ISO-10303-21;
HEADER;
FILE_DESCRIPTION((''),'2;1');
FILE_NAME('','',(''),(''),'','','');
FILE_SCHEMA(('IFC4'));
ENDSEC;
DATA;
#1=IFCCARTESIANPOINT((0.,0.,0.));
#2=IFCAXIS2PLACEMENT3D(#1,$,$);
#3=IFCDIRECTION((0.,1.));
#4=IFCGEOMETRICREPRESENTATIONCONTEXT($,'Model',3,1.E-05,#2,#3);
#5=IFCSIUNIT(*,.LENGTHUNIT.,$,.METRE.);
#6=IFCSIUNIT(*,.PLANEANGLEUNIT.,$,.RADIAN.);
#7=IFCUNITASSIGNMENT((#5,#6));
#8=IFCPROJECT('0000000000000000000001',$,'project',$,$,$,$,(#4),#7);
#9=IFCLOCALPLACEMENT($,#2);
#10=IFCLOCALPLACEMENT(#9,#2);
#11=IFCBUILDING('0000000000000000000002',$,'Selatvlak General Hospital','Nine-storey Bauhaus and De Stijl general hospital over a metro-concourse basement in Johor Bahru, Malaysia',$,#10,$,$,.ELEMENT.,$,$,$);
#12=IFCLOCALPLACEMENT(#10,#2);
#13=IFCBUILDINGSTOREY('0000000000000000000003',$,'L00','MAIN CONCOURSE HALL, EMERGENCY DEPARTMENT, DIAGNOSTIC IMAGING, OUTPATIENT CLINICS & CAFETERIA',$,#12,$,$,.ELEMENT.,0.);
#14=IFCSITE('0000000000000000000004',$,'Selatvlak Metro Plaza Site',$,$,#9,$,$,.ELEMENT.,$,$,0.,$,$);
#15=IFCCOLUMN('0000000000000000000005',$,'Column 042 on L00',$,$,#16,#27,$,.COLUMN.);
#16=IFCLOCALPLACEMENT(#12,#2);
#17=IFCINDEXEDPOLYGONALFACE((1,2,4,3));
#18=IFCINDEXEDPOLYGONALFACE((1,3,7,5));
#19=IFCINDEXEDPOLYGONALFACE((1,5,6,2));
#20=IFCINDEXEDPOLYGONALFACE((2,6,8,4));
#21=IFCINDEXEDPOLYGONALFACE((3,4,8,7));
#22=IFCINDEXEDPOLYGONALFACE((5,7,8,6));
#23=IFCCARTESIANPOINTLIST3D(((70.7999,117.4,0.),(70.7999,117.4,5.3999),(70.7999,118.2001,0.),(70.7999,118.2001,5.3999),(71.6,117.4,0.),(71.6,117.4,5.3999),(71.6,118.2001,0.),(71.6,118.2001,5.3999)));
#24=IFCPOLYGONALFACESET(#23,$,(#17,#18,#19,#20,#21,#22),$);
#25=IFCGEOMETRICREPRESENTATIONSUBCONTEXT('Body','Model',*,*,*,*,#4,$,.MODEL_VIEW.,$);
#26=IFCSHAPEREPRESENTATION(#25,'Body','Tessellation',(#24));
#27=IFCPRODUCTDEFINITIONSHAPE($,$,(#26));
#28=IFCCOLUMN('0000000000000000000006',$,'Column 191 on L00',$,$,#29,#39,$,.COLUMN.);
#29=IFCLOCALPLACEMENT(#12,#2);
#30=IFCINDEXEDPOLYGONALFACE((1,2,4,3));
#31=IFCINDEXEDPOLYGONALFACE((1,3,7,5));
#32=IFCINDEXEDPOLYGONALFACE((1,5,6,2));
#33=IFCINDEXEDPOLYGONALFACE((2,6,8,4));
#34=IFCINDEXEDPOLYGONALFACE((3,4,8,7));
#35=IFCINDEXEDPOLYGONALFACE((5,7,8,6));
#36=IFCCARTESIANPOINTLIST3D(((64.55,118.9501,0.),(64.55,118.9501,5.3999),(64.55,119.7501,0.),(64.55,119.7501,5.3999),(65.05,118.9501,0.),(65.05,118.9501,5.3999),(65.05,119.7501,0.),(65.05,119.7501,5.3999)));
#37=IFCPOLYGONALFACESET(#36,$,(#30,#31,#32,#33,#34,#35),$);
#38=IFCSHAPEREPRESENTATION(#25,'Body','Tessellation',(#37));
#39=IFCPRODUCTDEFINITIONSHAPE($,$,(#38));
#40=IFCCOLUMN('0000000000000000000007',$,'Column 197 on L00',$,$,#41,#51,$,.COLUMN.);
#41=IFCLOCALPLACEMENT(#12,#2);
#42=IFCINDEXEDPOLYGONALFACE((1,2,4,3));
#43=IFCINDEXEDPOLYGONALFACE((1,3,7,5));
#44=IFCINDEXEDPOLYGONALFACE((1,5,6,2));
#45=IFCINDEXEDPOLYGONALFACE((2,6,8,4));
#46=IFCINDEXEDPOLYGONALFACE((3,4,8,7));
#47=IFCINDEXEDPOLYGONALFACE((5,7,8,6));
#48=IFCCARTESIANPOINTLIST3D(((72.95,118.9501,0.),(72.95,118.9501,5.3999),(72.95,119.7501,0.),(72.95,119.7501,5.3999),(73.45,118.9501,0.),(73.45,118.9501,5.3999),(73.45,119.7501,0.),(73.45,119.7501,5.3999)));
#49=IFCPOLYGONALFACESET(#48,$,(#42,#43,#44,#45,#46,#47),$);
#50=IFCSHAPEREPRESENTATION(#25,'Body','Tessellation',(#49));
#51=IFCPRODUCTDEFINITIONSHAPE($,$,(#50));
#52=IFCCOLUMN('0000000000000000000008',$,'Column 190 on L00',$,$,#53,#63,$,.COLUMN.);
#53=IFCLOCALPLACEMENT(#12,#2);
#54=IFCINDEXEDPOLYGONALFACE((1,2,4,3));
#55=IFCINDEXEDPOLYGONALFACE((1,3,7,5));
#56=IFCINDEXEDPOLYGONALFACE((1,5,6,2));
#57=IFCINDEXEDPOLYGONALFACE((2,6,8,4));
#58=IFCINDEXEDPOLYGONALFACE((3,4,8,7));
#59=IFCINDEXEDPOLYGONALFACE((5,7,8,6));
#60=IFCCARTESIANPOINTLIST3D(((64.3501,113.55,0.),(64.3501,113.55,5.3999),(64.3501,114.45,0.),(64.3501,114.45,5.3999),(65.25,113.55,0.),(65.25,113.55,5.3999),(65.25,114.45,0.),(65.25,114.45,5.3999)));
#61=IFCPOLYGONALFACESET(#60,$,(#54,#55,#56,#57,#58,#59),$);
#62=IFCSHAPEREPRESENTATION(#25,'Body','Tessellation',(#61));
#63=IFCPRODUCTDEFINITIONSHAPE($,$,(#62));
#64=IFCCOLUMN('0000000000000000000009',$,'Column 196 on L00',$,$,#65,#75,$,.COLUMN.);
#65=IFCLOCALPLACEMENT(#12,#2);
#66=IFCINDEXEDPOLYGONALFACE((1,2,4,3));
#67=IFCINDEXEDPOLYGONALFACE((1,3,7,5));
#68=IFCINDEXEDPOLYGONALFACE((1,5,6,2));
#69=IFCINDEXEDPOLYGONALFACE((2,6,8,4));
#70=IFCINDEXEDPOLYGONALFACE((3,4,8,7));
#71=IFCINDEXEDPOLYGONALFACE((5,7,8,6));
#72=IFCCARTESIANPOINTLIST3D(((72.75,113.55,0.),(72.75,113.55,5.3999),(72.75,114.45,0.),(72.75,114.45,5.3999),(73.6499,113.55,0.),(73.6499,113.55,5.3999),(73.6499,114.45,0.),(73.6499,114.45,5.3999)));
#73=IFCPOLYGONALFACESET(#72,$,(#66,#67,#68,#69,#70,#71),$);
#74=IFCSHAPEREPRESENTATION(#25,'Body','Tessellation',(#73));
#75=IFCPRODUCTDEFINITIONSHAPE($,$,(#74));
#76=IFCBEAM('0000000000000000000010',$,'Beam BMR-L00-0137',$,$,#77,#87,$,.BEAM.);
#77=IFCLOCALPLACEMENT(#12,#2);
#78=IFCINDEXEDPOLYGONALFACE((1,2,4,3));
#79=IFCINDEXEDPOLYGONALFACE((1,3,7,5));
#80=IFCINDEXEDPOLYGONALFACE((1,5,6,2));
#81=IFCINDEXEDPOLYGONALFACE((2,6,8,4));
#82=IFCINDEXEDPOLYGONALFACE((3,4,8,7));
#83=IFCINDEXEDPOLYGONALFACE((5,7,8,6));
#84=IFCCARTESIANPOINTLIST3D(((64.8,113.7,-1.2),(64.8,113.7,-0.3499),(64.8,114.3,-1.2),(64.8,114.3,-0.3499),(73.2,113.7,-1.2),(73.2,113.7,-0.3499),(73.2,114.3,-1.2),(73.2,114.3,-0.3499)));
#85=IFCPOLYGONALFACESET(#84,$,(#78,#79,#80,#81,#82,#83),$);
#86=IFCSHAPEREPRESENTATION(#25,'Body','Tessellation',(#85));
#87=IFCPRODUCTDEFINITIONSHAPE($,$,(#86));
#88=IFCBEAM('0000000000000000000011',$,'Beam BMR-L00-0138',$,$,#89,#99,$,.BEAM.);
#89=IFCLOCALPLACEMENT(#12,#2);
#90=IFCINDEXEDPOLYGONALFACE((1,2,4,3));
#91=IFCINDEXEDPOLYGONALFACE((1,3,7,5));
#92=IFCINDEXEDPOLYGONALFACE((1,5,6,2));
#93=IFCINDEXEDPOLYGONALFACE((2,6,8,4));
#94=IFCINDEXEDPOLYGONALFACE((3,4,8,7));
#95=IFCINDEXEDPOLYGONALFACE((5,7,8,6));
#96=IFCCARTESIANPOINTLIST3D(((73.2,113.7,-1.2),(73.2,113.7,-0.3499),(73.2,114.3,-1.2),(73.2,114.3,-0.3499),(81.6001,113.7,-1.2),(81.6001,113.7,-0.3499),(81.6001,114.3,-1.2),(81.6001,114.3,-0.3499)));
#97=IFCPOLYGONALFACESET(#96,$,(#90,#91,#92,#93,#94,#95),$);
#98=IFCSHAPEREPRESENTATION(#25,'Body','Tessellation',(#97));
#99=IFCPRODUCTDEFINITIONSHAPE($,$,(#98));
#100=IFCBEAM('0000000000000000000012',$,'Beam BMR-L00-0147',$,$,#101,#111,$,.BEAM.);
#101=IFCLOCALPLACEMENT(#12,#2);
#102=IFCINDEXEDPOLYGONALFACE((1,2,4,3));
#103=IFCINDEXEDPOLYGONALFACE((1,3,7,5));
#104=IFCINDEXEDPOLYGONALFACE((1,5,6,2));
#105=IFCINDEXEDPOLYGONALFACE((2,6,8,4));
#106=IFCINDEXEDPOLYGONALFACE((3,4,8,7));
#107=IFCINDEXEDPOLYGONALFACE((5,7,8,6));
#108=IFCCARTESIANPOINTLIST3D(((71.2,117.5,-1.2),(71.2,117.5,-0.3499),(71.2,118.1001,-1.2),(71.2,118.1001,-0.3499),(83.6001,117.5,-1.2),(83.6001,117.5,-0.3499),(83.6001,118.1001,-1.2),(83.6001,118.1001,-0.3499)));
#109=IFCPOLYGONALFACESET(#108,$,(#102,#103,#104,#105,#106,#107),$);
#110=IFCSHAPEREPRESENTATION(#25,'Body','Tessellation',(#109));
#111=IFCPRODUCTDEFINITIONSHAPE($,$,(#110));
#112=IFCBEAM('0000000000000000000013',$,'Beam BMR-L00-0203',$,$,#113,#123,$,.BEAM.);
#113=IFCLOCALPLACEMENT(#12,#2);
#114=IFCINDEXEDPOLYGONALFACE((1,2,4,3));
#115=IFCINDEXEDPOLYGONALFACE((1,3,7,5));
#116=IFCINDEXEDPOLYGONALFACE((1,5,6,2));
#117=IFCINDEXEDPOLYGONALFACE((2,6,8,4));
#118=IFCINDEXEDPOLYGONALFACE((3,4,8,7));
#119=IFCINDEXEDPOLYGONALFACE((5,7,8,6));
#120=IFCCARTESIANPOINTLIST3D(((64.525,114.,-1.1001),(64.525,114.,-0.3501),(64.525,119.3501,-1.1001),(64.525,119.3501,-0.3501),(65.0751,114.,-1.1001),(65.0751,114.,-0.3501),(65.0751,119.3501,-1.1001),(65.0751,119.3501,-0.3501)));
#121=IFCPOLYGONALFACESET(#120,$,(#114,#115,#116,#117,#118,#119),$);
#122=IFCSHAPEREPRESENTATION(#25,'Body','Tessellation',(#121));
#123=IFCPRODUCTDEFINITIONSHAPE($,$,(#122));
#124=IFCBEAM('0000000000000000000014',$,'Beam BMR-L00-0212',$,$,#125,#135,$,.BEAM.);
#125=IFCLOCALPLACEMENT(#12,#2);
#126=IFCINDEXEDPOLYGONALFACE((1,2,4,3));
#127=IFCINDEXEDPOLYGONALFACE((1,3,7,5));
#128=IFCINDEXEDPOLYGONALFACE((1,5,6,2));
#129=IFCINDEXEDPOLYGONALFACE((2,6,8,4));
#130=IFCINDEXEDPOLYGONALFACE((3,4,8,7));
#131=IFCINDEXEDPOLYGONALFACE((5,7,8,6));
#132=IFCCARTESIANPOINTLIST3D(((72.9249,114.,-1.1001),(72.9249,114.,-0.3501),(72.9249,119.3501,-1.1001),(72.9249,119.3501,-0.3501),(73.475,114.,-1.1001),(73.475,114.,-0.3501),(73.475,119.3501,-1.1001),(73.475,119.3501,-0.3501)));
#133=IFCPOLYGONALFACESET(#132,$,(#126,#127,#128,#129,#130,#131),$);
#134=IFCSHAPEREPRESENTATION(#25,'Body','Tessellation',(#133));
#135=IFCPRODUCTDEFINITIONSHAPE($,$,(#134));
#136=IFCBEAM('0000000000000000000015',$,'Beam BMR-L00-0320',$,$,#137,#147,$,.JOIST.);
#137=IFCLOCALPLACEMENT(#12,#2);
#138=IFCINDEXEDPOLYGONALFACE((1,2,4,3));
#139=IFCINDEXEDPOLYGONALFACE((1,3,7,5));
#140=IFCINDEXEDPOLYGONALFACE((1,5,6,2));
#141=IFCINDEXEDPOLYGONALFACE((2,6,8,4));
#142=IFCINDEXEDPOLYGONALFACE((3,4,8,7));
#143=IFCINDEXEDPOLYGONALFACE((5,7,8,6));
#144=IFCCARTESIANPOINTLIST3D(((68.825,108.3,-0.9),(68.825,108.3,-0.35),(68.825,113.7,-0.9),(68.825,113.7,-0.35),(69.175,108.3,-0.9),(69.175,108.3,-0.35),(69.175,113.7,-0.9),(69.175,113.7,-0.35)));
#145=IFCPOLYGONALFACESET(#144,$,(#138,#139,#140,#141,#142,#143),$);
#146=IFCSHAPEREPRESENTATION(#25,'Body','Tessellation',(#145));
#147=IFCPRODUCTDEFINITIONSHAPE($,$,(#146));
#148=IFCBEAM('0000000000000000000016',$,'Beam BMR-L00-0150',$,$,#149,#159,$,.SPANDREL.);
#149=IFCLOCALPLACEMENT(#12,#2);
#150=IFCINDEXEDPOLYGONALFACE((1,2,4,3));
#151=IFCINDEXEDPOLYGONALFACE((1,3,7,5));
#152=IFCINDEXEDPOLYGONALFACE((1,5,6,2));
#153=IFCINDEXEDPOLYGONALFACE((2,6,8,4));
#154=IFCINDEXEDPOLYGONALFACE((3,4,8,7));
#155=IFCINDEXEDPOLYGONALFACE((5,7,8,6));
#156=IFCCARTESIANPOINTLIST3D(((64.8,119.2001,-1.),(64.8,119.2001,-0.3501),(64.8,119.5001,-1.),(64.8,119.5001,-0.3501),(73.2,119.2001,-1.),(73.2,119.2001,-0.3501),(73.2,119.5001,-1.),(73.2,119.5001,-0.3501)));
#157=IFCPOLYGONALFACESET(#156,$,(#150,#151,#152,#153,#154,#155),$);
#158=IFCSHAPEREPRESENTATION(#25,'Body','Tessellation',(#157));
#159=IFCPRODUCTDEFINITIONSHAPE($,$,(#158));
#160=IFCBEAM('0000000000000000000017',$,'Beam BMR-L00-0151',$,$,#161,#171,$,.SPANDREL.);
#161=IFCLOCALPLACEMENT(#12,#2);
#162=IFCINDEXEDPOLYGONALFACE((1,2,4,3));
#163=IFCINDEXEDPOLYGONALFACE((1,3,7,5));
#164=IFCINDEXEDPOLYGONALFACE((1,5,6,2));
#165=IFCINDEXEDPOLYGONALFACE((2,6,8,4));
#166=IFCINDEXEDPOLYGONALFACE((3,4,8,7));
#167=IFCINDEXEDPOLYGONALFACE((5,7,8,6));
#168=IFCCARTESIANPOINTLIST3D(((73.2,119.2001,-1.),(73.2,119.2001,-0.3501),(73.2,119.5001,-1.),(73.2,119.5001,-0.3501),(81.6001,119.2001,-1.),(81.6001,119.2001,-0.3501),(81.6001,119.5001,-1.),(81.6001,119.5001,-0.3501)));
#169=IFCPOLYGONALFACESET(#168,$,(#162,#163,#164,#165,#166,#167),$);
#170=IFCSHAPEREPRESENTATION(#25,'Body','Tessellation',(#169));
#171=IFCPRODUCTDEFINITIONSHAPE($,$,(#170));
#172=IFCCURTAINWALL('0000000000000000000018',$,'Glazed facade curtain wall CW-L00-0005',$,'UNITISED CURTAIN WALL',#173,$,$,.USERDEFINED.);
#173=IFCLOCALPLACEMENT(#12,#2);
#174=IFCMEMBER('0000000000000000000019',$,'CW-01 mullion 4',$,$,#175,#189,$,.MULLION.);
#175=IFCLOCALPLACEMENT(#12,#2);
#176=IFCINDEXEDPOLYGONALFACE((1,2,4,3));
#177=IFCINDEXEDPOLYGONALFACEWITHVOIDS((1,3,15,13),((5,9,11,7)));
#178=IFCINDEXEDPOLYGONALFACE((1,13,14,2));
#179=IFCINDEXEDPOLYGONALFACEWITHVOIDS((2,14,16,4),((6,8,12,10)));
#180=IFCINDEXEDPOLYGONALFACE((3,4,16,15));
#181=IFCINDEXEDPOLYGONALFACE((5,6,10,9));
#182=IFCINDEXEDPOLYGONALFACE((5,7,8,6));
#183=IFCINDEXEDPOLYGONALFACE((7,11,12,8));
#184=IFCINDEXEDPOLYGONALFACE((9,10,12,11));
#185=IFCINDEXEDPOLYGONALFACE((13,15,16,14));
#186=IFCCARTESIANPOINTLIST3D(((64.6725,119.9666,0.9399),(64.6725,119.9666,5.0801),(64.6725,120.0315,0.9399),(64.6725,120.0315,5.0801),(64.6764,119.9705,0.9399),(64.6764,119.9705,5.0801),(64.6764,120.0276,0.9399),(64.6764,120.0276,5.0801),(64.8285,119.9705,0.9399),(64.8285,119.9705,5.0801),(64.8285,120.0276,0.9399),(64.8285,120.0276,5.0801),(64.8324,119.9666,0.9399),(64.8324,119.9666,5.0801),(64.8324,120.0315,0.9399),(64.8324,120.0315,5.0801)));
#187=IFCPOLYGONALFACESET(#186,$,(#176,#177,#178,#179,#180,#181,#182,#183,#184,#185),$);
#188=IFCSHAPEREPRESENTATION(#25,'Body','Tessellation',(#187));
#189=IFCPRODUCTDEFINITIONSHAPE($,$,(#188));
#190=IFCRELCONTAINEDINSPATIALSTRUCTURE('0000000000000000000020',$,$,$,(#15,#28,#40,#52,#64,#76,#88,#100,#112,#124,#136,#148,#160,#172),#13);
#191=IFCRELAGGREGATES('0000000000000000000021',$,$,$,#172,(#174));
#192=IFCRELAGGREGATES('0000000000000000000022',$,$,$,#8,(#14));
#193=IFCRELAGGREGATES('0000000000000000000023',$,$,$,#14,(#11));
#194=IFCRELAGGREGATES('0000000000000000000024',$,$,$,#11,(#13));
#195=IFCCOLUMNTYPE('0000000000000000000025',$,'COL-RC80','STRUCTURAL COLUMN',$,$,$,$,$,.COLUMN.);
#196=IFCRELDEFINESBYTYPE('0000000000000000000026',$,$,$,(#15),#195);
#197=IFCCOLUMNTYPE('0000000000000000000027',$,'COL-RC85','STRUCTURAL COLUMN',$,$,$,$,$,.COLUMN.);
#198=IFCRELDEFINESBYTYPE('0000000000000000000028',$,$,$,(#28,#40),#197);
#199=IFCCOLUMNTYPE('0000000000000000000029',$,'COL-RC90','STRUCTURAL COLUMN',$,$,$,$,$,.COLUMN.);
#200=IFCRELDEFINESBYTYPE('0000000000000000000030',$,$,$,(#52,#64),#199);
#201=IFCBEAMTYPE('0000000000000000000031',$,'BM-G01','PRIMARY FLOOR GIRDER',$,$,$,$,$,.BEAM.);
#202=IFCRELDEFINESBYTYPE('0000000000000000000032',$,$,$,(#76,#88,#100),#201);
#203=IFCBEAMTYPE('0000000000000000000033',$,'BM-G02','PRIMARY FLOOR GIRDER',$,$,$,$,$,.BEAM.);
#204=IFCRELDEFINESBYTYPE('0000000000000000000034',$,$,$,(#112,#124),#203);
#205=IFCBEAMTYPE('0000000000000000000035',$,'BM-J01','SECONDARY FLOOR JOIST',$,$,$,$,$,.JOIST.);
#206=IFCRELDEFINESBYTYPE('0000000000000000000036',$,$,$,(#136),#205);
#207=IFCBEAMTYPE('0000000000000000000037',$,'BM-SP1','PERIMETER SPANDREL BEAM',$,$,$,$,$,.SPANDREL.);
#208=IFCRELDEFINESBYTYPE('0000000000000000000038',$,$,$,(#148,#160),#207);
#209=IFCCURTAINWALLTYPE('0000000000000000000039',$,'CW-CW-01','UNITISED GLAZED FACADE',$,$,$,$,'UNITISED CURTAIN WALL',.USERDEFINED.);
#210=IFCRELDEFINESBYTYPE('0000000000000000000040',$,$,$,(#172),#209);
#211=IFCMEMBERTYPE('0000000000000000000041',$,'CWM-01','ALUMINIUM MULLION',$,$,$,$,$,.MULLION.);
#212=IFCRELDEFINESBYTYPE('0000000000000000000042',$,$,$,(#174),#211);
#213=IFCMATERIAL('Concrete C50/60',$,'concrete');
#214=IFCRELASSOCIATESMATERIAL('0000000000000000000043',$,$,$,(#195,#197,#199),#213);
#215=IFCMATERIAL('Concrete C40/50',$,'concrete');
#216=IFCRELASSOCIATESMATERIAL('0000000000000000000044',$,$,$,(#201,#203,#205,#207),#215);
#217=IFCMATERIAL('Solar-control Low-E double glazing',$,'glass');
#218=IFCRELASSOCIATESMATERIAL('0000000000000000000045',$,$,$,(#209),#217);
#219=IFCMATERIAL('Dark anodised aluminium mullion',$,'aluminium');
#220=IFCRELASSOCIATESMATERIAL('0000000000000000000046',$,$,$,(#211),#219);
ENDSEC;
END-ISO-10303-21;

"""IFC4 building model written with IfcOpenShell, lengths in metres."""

from ifc_helpers import new_model, si_unit, direction, frame, origin, origin_2d, place, context, subcontext, project, spatial, rectangle, hollow_rectangle, extrude, material, material_profile, profile_set, type_object, element, aggregate, save


model = new_model("IFC4")

# Units and contexts
model_context = context("Model", 3, precision=1e-05, world=origin(), true_north=direction((0.0, 1.0)))
body_context = subcontext(model_context, "Body", "Model", "MODEL_VIEW")
ifc_project = project(units=[si_unit("LENGTHUNIT", "METRE"), si_unit("PLANEANGLEUNIT", "RADIAN")], contexts=[model_context])

# Site, building, storey
site_placement = place(None, origin())
site = spatial("IfcSite", under=ifc_project, at=site_placement, Name="Selatvlak Metro Plaza Site", CompositionType="ELEMENT", RefElevation=0.0)
building_placement = place(site_placement, origin())
building = spatial("IfcBuilding", under=site, at=building_placement, Name="Selatvlak General Hospital", Description="Nine-storey Bauhaus and De Stijl general hospital over a metro-concourse basement in Johor Bahru, Malaysia", CompositionType="ELEMENT")
storey_placement = place(building_placement, origin())
storey = spatial("IfcBuildingStorey", under=building, at=storey_placement, Name="L00", Description="MAIN CONCOURSE HALL, EMERGENCY DEPARTMENT, DIAGNOSTIC IMAGING, OUTPATIENT CLINICS & CAFETERIA", CompositionType="ELEMENT", Elevation=0.0)

# Columns
ifc_material_1 = material(Name="Concrete C50/60", Category="concrete")
ifc_material_profile_1 = material_profile(ifc_material_1, rectangle(XDim=0.8, YDim=0.8, at=origin_2d()), Name="RC-COL 800x800")
ifc_profile_set_1 = profile_set([ifc_material_profile_1], Name="Concrete C50/60")
column_type_1 = type_object("IfcColumnType", Name="COL-RC80", Description="STRUCTURAL COLUMN", PredefinedType="COLUMN", material=ifc_profile_set_1)
column_placement = place(storey_placement, frame((71.2, 117.8, 0.0), z_axis=(0.0, 0.0, 1.0), x_axis=(1.0, 0.0, 0.0)))
element("IfcColumn", 1, at=column_placement, inside=storey, type_object=column_type_1, Name="Column 042 on L00", PredefinedType="COLUMN", context=body_context, shape_type="SweptSolid", body=[
    extrude(rectangle(XDim=0.8, YDim=0.8, at=origin_2d()), origin(), (0.0, 0.0, 1.0), 5.3999),
])
ifc_material_profile_2 = material_profile(ifc_material_1, rectangle(XDim=0.5, YDim=0.8, at=origin_2d()), Name="RC-COL 800x500")
ifc_profile_set_2 = profile_set([ifc_material_profile_2], Name="Concrete C50/60")
column_type_2 = type_object("IfcColumnType", Name="COL-RC85", Description="STRUCTURAL COLUMN", PredefinedType="COLUMN", material=ifc_profile_set_2)
for number, where, z_axis, x_axis, name in (
    (2, (64.8, 119.3501, 0.0), (0.0, 0.0, 1.0), (1.0, 0.0, 0.0), "Column 191 on L00"),
    (3, (73.2, 119.3501, 0.0), (0.0, 0.0, 1.0), (1.0, 0.0, 0.0), "Column 197 on L00"),
):
    element("IfcColumn", number, at=place(storey_placement, frame(where, z_axis=z_axis, x_axis=x_axis)), inside=storey, type_object=column_type_2, Name=name, PredefinedType="COLUMN", context=body_context, shape_type="SweptSolid", body=[
        extrude(rectangle(XDim=0.5, YDim=0.8, at=origin_2d()), origin(), (0.0, 0.0, 1.0), 5.3999),
    ])
ifc_material_profile_3 = material_profile(ifc_material_1, rectangle(XDim=0.8999, YDim=0.8999, at=origin_2d()), Name="RC-COL 900x900")
ifc_profile_set_3 = profile_set([ifc_material_profile_3], Name="Concrete C50/60")
column_type_3 = type_object("IfcColumnType", Name="COL-RC90", Description="STRUCTURAL COLUMN", PredefinedType="COLUMN", material=ifc_profile_set_3)
for number, where, z_axis, x_axis, name in (
    (4, (64.8, 114.0, 0.0), (0.0, 0.0, 1.0), (1.0, 0.0, 0.0), "Column 190 on L00"),
    (5, (73.2, 114.0, 0.0), (0.0, 0.0, 1.0), (1.0, 0.0, 0.0), "Column 196 on L00"),
):
    element("IfcColumn", number, at=place(storey_placement, frame(where, z_axis=z_axis, x_axis=x_axis)), inside=storey, type_object=column_type_3, Name=name, PredefinedType="COLUMN", context=body_context, shape_type="SweptSolid", body=[
        extrude(rectangle(XDim=0.8999, YDim=0.8999, at=origin_2d()), origin(), (0.0, 0.0, 1.0), 5.3999),
    ])

# Beams
ifc_material_2 = material(Name="Concrete C40/50", Category="concrete")
ifc_material_profile_4 = material_profile(ifc_material_2, rectangle(XDim=0.6001, YDim=0.8501, at=origin_2d()), Name="RC-BM 600x850")
ifc_profile_set_4 = profile_set([ifc_material_profile_4], Name="Concrete C40/50")
beam_type_1 = type_object("IfcBeamType", Name="BM-G01", Description="PRIMARY FLOOR GIRDER", PredefinedType="BEAM", material=ifc_profile_set_4)
beam_1_placement = place(storey_placement, frame((64.8, 114.0, -0.7749), z_axis=(1.0, 0.0, 0.0), x_axis=(0.0, 1.0, 0.0)))
element("IfcBeam", 6, at=beam_1_placement, inside=storey, type_object=beam_type_1, Name="Beam BMR-L00-0137", PredefinedType="BEAM", context=body_context, shape_type="SweptSolid", body=[
    extrude(rectangle(XDim=0.6001, YDim=0.8501, at=origin_2d()), origin(), (0.0, 0.0, 1.0), 8.3999),
])
beam_2_placement = place(storey_placement, frame((73.2, 114.0, -0.7749), z_axis=(1.0, 0.0, 0.0), x_axis=(0.0, 1.0, 0.0)))
element("IfcBeam", 7, at=beam_2_placement, inside=storey, type_object=beam_type_1, Name="Beam BMR-L00-0138", PredefinedType="BEAM", context=body_context, shape_type="SweptSolid", body=[
    extrude(rectangle(XDim=0.6001, YDim=0.8501, at=origin_2d()), origin(), (0.0, 0.0, 1.0), 8.4001),
])
beam_3_placement = place(storey_placement, frame((71.2, 117.8, -0.7749), z_axis=(1.0, 0.0, 0.0), x_axis=(0.0, 1.0, 0.0)))
element("IfcBeam", 8, at=beam_3_placement, inside=storey, type_object=beam_type_1, Name="Beam BMR-L00-0147", PredefinedType="BEAM", context=body_context, shape_type="SweptSolid", body=[
    extrude(rectangle(XDim=0.6001, YDim=0.8501, at=origin_2d()), origin(), (0.0, 0.0, 1.0), 12.4001),
])
ifc_material_profile_5 = material_profile(ifc_material_2, rectangle(XDim=0.55, YDim=0.75, at=origin_2d()), Name="RC-BM 550x750")
ifc_profile_set_5 = profile_set([ifc_material_profile_5], Name="Concrete C40/50")
beam_type_2 = type_object("IfcBeamType", Name="BM-G02", Description="PRIMARY FLOOR GIRDER", PredefinedType="BEAM", material=ifc_profile_set_5)
for number, where, z_axis, x_axis, name in (
    (9, (64.8, 114.0, -0.7251), (0.0, 1.0, 0.0), (-1.0, 0.0, 0.0), "Beam BMR-L00-0203"),
    (10, (73.2, 114.0, -0.7251), (0.0, 1.0, 0.0), (-1.0, 0.0, 0.0), "Beam BMR-L00-0212"),
):
    element("IfcBeam", number, at=place(storey_placement, frame(where, z_axis=z_axis, x_axis=x_axis)), inside=storey, type_object=beam_type_2, Name=name, PredefinedType="BEAM", context=body_context, shape_type="SweptSolid", body=[
        extrude(rectangle(XDim=0.55, YDim=0.75, at=origin_2d()), origin(), (0.0, 0.0, 1.0), 5.3501),
    ])
ifc_material_profile_6 = material_profile(ifc_material_2, rectangle(XDim=0.3501, YDim=0.55, at=origin_2d()), Name="RC-BM 350x550")
ifc_profile_set_6 = profile_set([ifc_material_profile_6], Name="Concrete C40/50")
beam_type_3 = type_object("IfcBeamType", Name="BM-J01", Description="SECONDARY FLOOR JOIST", PredefinedType="JOIST", material=ifc_profile_set_6)
beam_4_placement = place(storey_placement, frame((69.0, 108.3, -0.625), z_axis=(0.0, 1.0, 0.0), x_axis=(-1.0, 0.0, 0.0)))
element("IfcBeam", 11, at=beam_4_placement, inside=storey, type_object=beam_type_3, Name="Beam BMR-L00-0320", PredefinedType="JOIST", context=body_context, shape_type="SweptSolid", body=[
    extrude(rectangle(XDim=0.3501, YDim=0.55, at=origin_2d()), origin(), (0.0, 0.0, 1.0), 5.3999),
])
ifc_material_profile_7 = material_profile(ifc_material_2, rectangle(XDim=0.3, YDim=0.6499, at=origin_2d()), Name="RC-SP 300x650")
ifc_profile_set_7 = profile_set([ifc_material_profile_7], Name="Concrete C40/50")
beam_type_4 = type_object("IfcBeamType", Name="BM-SP1", Description="PERIMETER SPANDREL BEAM", PredefinedType="SPANDREL", material=ifc_profile_set_7)
beam_5_placement = place(storey_placement, frame((64.8, 119.3501, -0.675), z_axis=(1.0, 0.0, 0.0), x_axis=(0.0, 1.0, 0.0)))
element("IfcBeam", 12, at=beam_5_placement, inside=storey, type_object=beam_type_4, Name="Beam BMR-L00-0150", PredefinedType="SPANDREL", context=body_context, shape_type="SweptSolid", body=[
    extrude(rectangle(XDim=0.3, YDim=0.6499, at=origin_2d()), origin(), (0.0, 0.0, 1.0), 8.3999),
])
beam_6_placement = place(storey_placement, frame((73.2, 119.3501, -0.675), z_axis=(1.0, 0.0, 0.0), x_axis=(0.0, 1.0, 0.0)))
element("IfcBeam", 13, at=beam_6_placement, inside=storey, type_object=beam_type_4, Name="Beam BMR-L00-0151", PredefinedType="SPANDREL", context=body_context, shape_type="SweptSolid", body=[
    extrude(rectangle(XDim=0.3, YDim=0.6499, at=origin_2d()), origin(), (0.0, 0.0, 1.0), 8.4001),
])

# Curtain wall, member
ifc_material_3 = material(Name="Solar-control Low-E double glazing", Category="glass")
curtain_wall_type = type_object("IfcCurtainWallType", Name="CW-CW-01", Description="UNITISED GLAZED FACADE", ElementType="UNITISED CURTAIN WALL", PredefinedType="USERDEFINED", material=ifc_material_3)
curtain_wall_1_placement = place(storey_placement, origin())
curtain_wall_1 = element("IfcCurtainWall", 14, at=curtain_wall_1_placement, inside=storey, type_object=curtain_wall_type, Name="Glazed facade curtain wall CW-L00-0005", ObjectType="UNITISED CURTAIN WALL", PredefinedType="USERDEFINED")
ifc_material_4 = material(Name="Dark anodised aluminium mullion", Category="aluminium")
ifc_material_profile_8 = material_profile(ifc_material_4, hollow_rectangle(XDim=0.0649, YDim=0.1599, WallThickness=0.0039, at=origin_2d()), Name="AL-MUL 65x160x4")
ifc_profile_set_8 = profile_set([ifc_material_profile_8], Name="Dark anodised aluminium mullion")
member_type_1 = type_object("IfcMemberType", Name="CWM-01", Description="ALUMINIUM MULLION", PredefinedType="MULLION", material=ifc_profile_set_8)
member_1_placement = place(storey_placement, frame((64.7524, 119.999, 0.9399), z_axis=(0.0, 0.0, 1.0), x_axis=(0.0, 1.0, 0.0)))
member_1 = element("IfcMember", 15, at=member_1_placement, type_object=member_type_1, Name="CW-01 mullion 4", PredefinedType="MULLION", context=body_context, shape_type="SweptSolid", body=[
    extrude(hollow_rectangle(XDim=0.0649, YDim=0.1599, WallThickness=0.0039, at=origin_2d()), origin(), (0.0, 0.0, 1.0), 4.1401),
])
aggregate(curtain_wall_1, [member_1])

save(model, "model.ifc")
